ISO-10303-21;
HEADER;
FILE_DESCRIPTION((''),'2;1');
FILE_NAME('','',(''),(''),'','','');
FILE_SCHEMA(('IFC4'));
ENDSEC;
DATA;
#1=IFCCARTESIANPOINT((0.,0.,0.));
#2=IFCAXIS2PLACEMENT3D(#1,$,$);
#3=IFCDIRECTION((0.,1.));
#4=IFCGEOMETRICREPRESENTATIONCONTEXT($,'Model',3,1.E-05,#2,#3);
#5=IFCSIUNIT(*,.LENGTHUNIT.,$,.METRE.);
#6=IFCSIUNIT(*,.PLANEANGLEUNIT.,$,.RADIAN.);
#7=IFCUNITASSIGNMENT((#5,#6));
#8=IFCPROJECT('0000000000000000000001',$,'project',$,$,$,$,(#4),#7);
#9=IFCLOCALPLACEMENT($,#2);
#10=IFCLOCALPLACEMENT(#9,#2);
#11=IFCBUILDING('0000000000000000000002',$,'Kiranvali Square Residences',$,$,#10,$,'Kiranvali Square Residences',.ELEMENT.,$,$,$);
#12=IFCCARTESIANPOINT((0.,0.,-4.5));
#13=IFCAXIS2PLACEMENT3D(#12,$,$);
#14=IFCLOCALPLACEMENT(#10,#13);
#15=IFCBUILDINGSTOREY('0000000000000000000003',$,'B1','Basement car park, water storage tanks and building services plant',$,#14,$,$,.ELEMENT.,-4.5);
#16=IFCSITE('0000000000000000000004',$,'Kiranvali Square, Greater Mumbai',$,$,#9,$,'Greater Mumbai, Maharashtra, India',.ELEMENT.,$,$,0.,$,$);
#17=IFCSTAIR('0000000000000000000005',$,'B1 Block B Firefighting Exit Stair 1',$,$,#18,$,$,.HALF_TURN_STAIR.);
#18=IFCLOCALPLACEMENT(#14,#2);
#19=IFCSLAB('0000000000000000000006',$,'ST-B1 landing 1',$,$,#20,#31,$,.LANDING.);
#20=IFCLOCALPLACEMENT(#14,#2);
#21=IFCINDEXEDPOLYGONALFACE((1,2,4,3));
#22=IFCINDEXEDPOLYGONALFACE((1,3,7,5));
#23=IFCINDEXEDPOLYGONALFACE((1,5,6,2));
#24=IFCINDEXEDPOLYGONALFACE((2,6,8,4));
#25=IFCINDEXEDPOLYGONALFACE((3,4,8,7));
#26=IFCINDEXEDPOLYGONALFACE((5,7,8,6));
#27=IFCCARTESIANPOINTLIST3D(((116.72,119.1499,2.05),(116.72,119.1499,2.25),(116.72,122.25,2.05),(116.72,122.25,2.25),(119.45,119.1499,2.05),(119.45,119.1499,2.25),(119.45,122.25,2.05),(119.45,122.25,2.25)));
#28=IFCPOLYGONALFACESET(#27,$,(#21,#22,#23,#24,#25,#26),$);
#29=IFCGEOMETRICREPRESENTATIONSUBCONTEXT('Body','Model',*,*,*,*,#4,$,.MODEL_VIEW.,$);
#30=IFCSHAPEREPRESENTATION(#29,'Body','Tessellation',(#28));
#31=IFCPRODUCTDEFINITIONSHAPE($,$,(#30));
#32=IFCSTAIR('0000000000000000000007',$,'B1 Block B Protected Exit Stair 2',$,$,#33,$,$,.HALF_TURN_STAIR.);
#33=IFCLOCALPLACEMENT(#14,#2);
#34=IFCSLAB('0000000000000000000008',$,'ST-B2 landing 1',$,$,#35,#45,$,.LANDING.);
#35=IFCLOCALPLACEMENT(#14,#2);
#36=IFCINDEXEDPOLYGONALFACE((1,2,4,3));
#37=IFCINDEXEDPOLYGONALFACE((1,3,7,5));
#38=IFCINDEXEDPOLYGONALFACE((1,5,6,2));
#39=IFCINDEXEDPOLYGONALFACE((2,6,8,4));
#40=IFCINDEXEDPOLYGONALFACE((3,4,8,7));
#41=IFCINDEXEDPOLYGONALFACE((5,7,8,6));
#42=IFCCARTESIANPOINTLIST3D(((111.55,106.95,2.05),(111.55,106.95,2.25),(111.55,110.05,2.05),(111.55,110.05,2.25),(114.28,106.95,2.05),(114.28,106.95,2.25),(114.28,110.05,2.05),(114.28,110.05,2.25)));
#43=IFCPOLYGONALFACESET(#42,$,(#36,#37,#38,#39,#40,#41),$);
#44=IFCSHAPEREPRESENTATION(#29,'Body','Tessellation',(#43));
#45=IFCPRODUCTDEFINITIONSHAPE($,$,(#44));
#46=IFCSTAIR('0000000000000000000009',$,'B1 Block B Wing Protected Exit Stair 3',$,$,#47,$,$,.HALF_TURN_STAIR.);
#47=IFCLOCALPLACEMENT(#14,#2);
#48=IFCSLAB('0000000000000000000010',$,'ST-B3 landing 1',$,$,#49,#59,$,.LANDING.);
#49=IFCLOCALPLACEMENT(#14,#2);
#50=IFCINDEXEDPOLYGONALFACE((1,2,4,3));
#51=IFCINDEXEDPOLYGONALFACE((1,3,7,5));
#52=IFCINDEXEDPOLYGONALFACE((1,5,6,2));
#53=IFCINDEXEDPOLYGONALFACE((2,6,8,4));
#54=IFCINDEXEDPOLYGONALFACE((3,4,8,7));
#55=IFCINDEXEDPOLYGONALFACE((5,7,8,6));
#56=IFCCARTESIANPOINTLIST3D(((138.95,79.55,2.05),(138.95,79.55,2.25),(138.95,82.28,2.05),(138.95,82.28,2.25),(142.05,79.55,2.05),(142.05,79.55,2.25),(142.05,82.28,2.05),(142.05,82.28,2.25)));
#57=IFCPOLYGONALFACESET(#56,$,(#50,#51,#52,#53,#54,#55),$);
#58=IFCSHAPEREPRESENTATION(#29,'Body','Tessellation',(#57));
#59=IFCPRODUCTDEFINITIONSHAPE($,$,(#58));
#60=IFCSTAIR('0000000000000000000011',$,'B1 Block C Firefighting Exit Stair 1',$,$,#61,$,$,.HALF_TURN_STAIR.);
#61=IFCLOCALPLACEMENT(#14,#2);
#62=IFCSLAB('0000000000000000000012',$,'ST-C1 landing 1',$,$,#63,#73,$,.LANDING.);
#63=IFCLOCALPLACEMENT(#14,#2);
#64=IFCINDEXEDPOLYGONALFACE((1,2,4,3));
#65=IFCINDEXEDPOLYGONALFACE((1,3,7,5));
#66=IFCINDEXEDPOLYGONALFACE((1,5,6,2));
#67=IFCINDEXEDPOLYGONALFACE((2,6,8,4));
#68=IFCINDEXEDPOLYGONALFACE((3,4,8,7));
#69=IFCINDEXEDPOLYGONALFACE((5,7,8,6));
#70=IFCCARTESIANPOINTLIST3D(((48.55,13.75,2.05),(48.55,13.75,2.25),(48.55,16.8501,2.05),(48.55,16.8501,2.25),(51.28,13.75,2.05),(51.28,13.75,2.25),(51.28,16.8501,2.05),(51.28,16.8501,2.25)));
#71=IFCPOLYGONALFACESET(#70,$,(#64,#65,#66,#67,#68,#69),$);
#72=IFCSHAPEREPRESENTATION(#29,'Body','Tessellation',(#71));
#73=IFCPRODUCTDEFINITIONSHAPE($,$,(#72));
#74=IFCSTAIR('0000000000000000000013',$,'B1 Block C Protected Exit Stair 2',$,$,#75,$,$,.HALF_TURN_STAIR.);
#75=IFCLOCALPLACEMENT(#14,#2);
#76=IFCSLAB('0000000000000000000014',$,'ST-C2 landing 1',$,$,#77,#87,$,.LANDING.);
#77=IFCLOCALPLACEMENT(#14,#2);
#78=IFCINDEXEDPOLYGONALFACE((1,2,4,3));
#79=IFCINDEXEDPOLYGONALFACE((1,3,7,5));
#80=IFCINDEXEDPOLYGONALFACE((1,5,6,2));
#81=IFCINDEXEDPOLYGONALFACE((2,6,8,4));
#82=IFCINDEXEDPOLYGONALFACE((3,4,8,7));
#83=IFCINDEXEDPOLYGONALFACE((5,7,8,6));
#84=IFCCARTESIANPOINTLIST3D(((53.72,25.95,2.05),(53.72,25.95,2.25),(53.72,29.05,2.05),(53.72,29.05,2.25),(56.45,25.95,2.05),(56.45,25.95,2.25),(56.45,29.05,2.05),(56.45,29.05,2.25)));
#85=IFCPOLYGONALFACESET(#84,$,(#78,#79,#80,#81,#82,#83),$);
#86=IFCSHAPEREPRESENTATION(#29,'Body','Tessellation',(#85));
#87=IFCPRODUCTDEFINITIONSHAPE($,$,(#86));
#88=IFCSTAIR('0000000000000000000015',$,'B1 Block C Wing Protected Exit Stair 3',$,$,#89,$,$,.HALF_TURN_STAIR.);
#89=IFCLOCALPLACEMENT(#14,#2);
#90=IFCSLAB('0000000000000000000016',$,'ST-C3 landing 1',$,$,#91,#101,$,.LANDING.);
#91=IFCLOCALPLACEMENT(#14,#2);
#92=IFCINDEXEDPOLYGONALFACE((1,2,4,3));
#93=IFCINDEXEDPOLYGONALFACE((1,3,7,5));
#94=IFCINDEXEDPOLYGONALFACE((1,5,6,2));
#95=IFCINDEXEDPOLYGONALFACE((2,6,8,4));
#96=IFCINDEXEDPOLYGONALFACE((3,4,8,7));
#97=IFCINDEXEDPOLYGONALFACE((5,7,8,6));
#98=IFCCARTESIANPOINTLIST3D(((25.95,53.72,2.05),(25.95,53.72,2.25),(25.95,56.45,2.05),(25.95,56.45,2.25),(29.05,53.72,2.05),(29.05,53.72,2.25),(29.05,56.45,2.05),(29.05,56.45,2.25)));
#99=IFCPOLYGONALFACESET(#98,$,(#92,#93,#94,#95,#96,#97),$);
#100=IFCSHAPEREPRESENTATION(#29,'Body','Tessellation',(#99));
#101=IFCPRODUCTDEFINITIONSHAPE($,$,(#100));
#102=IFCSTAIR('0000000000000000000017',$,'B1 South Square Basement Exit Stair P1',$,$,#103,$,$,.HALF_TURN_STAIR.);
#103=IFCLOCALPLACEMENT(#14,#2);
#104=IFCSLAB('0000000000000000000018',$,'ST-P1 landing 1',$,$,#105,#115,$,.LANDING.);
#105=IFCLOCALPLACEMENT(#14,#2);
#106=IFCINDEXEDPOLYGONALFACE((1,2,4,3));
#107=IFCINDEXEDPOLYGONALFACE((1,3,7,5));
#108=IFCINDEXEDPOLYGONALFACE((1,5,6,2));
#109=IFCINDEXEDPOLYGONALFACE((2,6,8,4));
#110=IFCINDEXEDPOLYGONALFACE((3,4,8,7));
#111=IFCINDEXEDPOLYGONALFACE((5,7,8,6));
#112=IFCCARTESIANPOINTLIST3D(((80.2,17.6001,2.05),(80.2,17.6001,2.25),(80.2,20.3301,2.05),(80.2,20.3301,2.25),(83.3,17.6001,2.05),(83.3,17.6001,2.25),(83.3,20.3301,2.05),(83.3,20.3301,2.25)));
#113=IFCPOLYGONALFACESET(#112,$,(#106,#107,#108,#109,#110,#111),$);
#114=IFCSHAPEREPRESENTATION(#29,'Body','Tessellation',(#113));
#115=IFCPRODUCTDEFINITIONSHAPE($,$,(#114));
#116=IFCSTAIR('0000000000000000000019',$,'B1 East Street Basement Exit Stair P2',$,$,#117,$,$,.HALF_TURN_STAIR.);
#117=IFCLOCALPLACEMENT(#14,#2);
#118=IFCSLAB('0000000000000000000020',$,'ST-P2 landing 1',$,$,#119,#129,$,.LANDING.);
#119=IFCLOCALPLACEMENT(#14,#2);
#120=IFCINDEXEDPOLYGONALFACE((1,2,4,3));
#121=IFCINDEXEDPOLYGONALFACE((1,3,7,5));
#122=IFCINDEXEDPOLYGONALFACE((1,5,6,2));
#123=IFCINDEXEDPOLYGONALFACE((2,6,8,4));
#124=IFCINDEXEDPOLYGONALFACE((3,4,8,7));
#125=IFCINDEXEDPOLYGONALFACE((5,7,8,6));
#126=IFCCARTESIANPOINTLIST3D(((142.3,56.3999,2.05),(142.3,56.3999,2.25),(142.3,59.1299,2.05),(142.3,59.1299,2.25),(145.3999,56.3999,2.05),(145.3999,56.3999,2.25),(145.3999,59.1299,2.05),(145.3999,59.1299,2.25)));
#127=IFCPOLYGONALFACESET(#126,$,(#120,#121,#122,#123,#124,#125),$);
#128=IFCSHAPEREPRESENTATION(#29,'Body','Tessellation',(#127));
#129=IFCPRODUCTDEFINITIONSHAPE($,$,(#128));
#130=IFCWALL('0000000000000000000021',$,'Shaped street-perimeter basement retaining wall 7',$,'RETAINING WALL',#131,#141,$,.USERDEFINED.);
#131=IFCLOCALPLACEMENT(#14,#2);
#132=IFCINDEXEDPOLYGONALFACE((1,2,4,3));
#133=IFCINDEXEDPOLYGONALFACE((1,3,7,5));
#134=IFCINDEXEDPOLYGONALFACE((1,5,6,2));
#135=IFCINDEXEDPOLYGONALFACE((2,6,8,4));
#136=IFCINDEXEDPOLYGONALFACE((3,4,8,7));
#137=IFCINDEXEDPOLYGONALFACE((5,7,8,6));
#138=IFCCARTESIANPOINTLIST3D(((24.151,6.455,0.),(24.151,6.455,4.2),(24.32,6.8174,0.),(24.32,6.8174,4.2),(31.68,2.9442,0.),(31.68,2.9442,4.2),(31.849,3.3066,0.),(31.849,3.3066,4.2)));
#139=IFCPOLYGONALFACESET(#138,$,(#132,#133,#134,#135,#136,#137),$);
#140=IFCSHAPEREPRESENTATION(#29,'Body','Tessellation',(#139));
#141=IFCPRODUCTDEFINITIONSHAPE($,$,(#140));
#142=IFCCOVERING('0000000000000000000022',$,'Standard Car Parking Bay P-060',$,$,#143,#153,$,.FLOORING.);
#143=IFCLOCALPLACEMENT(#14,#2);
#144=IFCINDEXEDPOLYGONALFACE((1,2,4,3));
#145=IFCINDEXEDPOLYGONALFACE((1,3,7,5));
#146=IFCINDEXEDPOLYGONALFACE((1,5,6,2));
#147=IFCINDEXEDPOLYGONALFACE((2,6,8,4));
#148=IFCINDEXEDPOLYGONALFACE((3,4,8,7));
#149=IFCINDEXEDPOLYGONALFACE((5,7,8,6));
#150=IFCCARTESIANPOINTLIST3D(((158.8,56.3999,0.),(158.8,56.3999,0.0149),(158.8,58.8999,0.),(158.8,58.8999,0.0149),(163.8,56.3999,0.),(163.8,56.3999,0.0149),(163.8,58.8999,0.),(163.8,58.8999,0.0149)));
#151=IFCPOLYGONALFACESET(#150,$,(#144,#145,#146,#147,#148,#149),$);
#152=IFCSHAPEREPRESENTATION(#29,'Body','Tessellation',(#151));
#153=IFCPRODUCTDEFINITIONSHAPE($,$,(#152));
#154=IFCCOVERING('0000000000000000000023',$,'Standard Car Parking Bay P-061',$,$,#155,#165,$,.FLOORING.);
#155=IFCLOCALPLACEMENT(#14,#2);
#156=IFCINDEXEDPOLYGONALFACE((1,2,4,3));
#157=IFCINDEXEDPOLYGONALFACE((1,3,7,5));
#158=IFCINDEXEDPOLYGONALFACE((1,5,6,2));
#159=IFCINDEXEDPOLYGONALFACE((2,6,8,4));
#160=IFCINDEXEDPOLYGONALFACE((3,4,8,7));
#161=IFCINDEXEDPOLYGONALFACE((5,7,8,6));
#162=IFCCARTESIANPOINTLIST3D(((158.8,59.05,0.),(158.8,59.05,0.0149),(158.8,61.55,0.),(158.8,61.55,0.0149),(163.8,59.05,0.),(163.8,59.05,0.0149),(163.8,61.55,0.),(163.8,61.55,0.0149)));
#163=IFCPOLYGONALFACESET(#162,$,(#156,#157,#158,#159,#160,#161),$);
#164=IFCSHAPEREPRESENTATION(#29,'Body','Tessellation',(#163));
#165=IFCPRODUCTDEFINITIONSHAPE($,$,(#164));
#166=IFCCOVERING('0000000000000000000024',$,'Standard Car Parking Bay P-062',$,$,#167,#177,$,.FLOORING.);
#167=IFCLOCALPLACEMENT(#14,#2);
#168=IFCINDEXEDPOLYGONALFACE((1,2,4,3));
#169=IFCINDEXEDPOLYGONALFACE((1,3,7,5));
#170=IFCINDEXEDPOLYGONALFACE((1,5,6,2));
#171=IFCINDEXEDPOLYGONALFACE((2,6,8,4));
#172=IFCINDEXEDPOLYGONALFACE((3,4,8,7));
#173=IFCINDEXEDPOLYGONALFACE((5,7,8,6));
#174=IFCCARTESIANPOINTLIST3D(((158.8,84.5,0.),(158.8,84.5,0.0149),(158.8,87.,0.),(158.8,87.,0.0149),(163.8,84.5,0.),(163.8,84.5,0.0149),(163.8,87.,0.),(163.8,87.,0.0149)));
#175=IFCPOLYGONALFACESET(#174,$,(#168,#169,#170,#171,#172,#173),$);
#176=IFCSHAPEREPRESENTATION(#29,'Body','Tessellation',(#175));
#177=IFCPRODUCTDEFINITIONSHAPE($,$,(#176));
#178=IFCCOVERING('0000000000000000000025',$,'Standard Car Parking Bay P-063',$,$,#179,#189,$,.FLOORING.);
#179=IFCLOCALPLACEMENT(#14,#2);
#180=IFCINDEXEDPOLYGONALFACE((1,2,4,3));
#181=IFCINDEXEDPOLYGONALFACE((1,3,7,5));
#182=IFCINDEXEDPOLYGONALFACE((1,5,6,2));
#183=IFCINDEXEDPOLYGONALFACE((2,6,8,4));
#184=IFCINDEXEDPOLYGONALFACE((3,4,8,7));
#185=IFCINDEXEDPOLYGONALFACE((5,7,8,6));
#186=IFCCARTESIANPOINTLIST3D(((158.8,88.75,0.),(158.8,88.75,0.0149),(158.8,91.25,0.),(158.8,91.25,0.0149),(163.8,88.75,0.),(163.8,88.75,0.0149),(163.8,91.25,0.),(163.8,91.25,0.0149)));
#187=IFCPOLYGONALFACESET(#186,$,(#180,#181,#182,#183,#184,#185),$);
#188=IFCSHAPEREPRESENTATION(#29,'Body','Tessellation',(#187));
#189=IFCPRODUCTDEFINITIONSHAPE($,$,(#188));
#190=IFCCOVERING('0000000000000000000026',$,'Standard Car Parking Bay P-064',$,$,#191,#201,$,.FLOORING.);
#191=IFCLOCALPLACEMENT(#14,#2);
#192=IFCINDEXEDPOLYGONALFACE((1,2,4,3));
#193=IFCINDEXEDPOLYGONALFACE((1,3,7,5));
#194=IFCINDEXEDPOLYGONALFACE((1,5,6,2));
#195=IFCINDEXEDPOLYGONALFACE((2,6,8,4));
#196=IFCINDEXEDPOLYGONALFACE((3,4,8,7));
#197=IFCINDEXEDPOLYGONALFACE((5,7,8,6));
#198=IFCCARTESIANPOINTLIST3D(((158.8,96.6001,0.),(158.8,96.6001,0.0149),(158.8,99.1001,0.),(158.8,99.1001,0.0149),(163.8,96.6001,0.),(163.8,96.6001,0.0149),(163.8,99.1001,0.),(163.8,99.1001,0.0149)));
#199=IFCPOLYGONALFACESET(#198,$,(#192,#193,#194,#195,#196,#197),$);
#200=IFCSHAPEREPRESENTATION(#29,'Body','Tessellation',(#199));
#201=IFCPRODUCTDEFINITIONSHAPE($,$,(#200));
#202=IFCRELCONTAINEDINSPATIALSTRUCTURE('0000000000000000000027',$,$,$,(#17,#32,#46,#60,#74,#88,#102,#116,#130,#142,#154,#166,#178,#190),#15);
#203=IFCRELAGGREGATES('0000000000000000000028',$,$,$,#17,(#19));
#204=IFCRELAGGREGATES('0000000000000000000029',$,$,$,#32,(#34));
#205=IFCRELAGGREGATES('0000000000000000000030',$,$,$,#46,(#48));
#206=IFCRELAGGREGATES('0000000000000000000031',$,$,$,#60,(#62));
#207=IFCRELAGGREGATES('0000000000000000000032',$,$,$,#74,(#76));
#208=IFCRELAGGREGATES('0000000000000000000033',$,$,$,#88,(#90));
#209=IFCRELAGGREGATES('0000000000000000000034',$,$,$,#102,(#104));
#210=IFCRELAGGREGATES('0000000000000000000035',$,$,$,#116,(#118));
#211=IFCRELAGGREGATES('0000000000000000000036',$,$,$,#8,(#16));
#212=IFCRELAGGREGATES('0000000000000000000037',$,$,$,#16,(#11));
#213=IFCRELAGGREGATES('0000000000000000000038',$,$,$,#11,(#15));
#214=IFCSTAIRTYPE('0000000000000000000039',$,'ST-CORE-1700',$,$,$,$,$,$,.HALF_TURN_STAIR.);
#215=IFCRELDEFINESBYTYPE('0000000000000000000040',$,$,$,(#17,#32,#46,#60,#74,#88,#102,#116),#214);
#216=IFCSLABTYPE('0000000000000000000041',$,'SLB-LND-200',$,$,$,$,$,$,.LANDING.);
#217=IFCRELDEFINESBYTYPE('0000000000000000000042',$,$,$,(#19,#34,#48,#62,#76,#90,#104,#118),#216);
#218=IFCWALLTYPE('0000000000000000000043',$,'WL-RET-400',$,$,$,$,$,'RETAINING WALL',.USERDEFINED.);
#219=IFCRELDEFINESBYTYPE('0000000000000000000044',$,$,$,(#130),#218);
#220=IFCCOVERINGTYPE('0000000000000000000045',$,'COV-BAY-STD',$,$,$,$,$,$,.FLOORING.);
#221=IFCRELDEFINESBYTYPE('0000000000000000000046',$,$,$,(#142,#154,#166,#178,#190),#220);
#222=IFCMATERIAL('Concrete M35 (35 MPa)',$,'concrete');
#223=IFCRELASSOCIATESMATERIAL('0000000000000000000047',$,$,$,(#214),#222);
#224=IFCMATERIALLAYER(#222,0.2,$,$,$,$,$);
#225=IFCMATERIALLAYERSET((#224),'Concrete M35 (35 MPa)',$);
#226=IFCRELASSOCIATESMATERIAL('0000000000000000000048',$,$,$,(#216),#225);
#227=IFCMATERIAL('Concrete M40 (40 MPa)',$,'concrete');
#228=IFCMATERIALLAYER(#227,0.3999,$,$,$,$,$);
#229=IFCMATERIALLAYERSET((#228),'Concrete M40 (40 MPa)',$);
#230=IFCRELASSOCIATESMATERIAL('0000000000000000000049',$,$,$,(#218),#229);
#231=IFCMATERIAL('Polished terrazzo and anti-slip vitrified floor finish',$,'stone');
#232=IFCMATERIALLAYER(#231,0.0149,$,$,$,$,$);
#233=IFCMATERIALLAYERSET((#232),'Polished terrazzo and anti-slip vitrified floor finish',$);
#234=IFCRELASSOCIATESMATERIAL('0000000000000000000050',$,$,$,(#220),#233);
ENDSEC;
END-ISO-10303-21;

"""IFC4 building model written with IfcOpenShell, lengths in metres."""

from ifc_helpers import new_model, si_unit, direction, frame, frame_2d, origin, place, context, subcontext, project, spatial, polyline, rectangle, outline, extrude, material, layer, layer_set, type_object, element, aggregate, save


model = new_model("IFC4")

# Units and contexts
model_context = context("Model", 3, precision=1e-05, world=origin(), true_north=direction((0.0, 1.0)))
body_context = subcontext(model_context, "Body", "Model", "MODEL_VIEW")
ifc_project = project(units=[si_unit("LENGTHUNIT", "METRE"), si_unit("PLANEANGLEUNIT", "RADIAN")], contexts=[model_context])

# Site, building, storey
site_placement = place(None, origin())
site = spatial("IfcSite", under=ifc_project, at=site_placement, Name="Kiranvali Square, Greater Mumbai", LongName="Greater Mumbai, Maharashtra, India", CompositionType="ELEMENT", RefElevation=0.0)
building_placement = place(site_placement, origin())
building = spatial("IfcBuilding", under=site, at=building_placement, Name="Kiranvali Square Residences", LongName="Kiranvali Square Residences", CompositionType="ELEMENT")
storey_placement = place(building_placement, frame((0.0, 0.0, -4.5)))
storey = spatial("IfcBuildingStorey", under=building, at=storey_placement, Name="B1", Description="Basement car park, water storage tanks and building services plant", CompositionType="ELEMENT", Elevation=-4.5)

# Shared definitions
ifc_material_1 = material(Name="Concrete M40 (40 MPa)", Category="concrete")

# Stairs, slabs
ifc_material_2 = material(Name="Concrete M35 (35 MPa)", Category="concrete")
stair_type = type_object("IfcStairType", Name="ST-CORE-1700", PredefinedType="HALF_TURN_STAIR", material=ifc_material_2)
ifc_layer_1 = layer(ifc_material_2, 0.2)
ifc_layer_set_1 = layer_set([ifc_layer_1], Name="Concrete M35 (35 MPa)")
slab_type = type_object("IfcSlabType", Name="SLB-LND-200", PredefinedType="LANDING", material=ifc_layer_set_1)
stair_1_placement = place(storey_placement, origin())
stair_1 = element("IfcStair", 1, at=stair_1_placement, inside=storey, type_object=stair_type, Name="B1 Block B Firefighting Exit Stair 1", PredefinedType="HALF_TURN_STAIR")
slab_1_placement = place(storey_placement, frame((0.0, 0.0, 2.05)))
slab_1 = element("IfcSlab", 2, at=slab_1_placement, type_object=slab_type, Name="ST-B1 landing 1", PredefinedType="LANDING", context=body_context, shape_type="SweptSolid", body=[
    extrude(outline(polyline([(116.72, 119.1499), (119.45, 119.1499), (119.45, 122.25), (116.72, 122.25), (116.72, 119.1499)])), origin(), (0.0, 0.0, 1.0), 0.2),
])
aggregate(stair_1, [slab_1])
stair_2_placement = place(storey_placement, origin())
stair_2 = element("IfcStair", 3, at=stair_2_placement, inside=storey, type_object=stair_type, Name="B1 Block B Protected Exit Stair 2", PredefinedType="HALF_TURN_STAIR")
slab_2_placement = place(storey_placement, frame((0.0, 0.0, 2.05)))
slab_2 = element("IfcSlab", 4, at=slab_2_placement, type_object=slab_type, Name="ST-B2 landing 1", PredefinedType="LANDING", context=body_context, shape_type="SweptSolid", body=[
    extrude(outline(polyline([(114.28, 110.05), (111.55, 110.05), (111.55, 106.95), (114.28, 106.95), (114.28, 110.05)])), origin(), (0.0, 0.0, 1.0), 0.2),
])
aggregate(stair_2, [slab_2])
stair_3_placement = place(storey_placement, origin())
stair_3 = element("IfcStair", 5, at=stair_3_placement, inside=storey, type_object=stair_type, Name="B1 Block B Wing Protected Exit Stair 3", PredefinedType="HALF_TURN_STAIR")
slab_3_placement = place(storey_placement, frame((0.0, 0.0, 2.05)))
slab_3 = element("IfcSlab", 6, at=slab_3_placement, type_object=slab_type, Name="ST-B3 landing 1", PredefinedType="LANDING", context=body_context, shape_type="SweptSolid", body=[
    extrude(outline(polyline([(138.95, 82.28), (138.95, 79.55), (142.05, 79.55), (142.05, 82.28), (138.95, 82.28)])), origin(), (0.0, 0.0, 1.0), 0.2),
])
aggregate(stair_3, [slab_3])
stair_4_placement = place(storey_placement, origin())
stair_4 = element("IfcStair", 7, at=stair_4_placement, inside=storey, type_object=stair_type, Name="B1 Block C Firefighting Exit Stair 1", PredefinedType="HALF_TURN_STAIR")
slab_4_placement = place(storey_placement, frame((0.0, 0.0, 2.05)))
slab_4 = element("IfcSlab", 8, at=slab_4_placement, type_object=slab_type, Name="ST-C1 landing 1", PredefinedType="LANDING", context=body_context, shape_type="SweptSolid", body=[
    extrude(outline(polyline([(51.28, 16.8501), (48.55, 16.8501), (48.55, 13.75), (51.28, 13.75), (51.28, 16.8501)])), origin(), (0.0, 0.0, 1.0), 0.2),
])
aggregate(stair_4, [slab_4])
stair_5_placement = place(storey_placement, origin())
stair_5 = element("IfcStair", 9, at=stair_5_placement, inside=storey, type_object=stair_type, Name="B1 Block C Protected Exit Stair 2", PredefinedType="HALF_TURN_STAIR")
slab_5_placement = place(storey_placement, frame((0.0, 0.0, 2.05)))
slab_5 = element("IfcSlab", 10, at=slab_5_placement, type_object=slab_type, Name="ST-C2 landing 1", PredefinedType="LANDING", context=body_context, shape_type="SweptSolid", body=[
    extrude(outline(polyline([(53.72, 25.95), (56.45, 25.95), (56.45, 29.05), (53.72, 29.05), (53.72, 25.95)])), origin(), (0.0, 0.0, 1.0), 0.2),
])
aggregate(stair_5, [slab_5])
stair_6_placement = place(storey_placement, origin())
stair_6 = element("IfcStair", 11, at=stair_6_placement, inside=storey, type_object=stair_type, Name="B1 Block C Wing Protected Exit Stair 3", PredefinedType="HALF_TURN_STAIR")
slab_6_placement = place(storey_placement, frame((0.0, 0.0, 2.05)))
slab_6 = element("IfcSlab", 12, at=slab_6_placement, type_object=slab_type, Name="ST-C3 landing 1", PredefinedType="LANDING", context=body_context, shape_type="SweptSolid", body=[
    extrude(outline(polyline([(29.05, 53.72), (29.05, 56.45), (25.95, 56.45), (25.95, 53.72), (29.05, 53.72)])), origin(), (0.0, 0.0, 1.0), 0.2),
])
aggregate(stair_6, [slab_6])
stair_7_placement = place(storey_placement, origin())
stair_7 = element("IfcStair", 13, at=stair_7_placement, inside=storey, type_object=stair_type, Name="B1 South Square Basement Exit Stair P1", PredefinedType="HALF_TURN_STAIR")
slab_7_placement = place(storey_placement, frame((0.0, 0.0, 2.05)))
slab_7 = element("IfcSlab", 14, at=slab_7_placement, type_object=slab_type, Name="ST-P1 landing 1", PredefinedType="LANDING", context=body_context, shape_type="SweptSolid", body=[
    extrude(outline(polyline([(80.2, 20.3301), (80.2, 17.6001), (83.3, 17.6001), (83.3, 20.3301), (80.2, 20.3301)])), origin(), (0.0, 0.0, 1.0), 0.2),
])
aggregate(stair_7, [slab_7])
stair_8_placement = place(storey_placement, origin())
stair_8 = element("IfcStair", 15, at=stair_8_placement, inside=storey, type_object=stair_type, Name="B1 East Street Basement Exit Stair P2", PredefinedType="HALF_TURN_STAIR")
slab_8_placement = place(storey_placement, frame((0.0, 0.0, 2.05)))
slab_8 = element("IfcSlab", 16, at=slab_8_placement, type_object=slab_type, Name="ST-P2 landing 1", PredefinedType="LANDING", context=body_context, shape_type="SweptSolid", body=[
    extrude(outline(polyline([(142.3, 59.1299), (142.3, 56.3999), (145.3999, 56.3999), (145.3999, 59.1299), (142.3, 59.1299)])), origin(), (0.0, 0.0, 1.0), 0.2),
])
aggregate(stair_8, [slab_8])

# Wall
ifc_layer_2 = layer(ifc_material_1, 0.3999)
ifc_layer_set_2 = layer_set([ifc_layer_2], Name="Concrete M40 (40 MPa)")
wall_type = type_object("IfcWallType", Name="WL-RET-400", ElementType="RETAINING WALL", PredefinedType="USERDEFINED", material=ifc_layer_set_2)
wall_placement = place(storey_placement, frame((24.2354, 6.6362, 0.0), z_axis=(0.0, 0.0, 1.0), x_axis=(0.906313, -0.422607, 0.0)))
element("IfcWall", 17, at=wall_placement, inside=storey, type_object=wall_type, Name="Shaped street-perimeter basement retaining wall 7", ObjectType="RETAINING WALL", PredefinedType="USERDEFINED", context=body_context, shape_type="SweptSolid", body=[
    extrude(rectangle(XDim=8.3074, YDim=0.3999, at=frame_2d((4.1538, 0.0))), origin(), (0.0, 0.0, 1.0), 4.2),
])

# Coverings
ifc_material_3 = material(Name="Polished terrazzo and anti-slip vitrified floor finish", Category="stone")
ifc_layer_3 = layer(ifc_material_3, 0.0149)
ifc_layer_set_3 = layer_set([ifc_layer_3], Name="Polished terrazzo and anti-slip vitrified floor finish")
covering_type = type_object("IfcCoveringType", Name="COV-BAY-STD", PredefinedType="FLOORING", material=ifc_layer_set_3)
covering_1_placement = place(storey_placement, origin())
element("IfcCovering", 18, at=covering_1_placement, inside=storey, type_object=covering_type, Name="Standard Car Parking Bay P-060", PredefinedType="FLOORING", context=body_context, shape_type="SweptSolid", body=[
    extrude(outline(polyline([(158.8, 56.3999), (163.8, 56.3999), (163.8, 58.8999), (158.8, 58.8999), (158.8, 56.3999)])), origin(), (0.0, 0.0, 1.0), 0.0149),
])
covering_2_placement = place(storey_placement, origin())
element("IfcCovering", 19, at=covering_2_placement, inside=storey, type_object=covering_type, Name="Standard Car Parking Bay P-061", PredefinedType="FLOORING", context=body_context, shape_type="SweptSolid", body=[
    extrude(outline(polyline([(158.8, 59.05), (163.8, 59.05), (163.8, 61.55), (158.8, 61.55), (158.8, 59.05)])), origin(), (0.0, 0.0, 1.0), 0.0149),
])
covering_3_placement = place(storey_placement, origin())
element("IfcCovering", 20, at=covering_3_placement, inside=storey, type_object=covering_type, Name="Standard Car Parking Bay P-062", PredefinedType="FLOORING", context=body_context, shape_type="SweptSolid", body=[
    extrude(outline(polyline([(158.8, 84.5), (163.8, 84.5), (163.8, 87.0), (158.8, 87.0), (158.8, 84.5)])), origin(), (0.0, 0.0, 1.0), 0.0149),
])
covering_4_placement = place(storey_placement, origin())
element("IfcCovering", 21, at=covering_4_placement, inside=storey, type_object=covering_type, Name="Standard Car Parking Bay P-063", PredefinedType="FLOORING", context=body_context, shape_type="SweptSolid", body=[
    extrude(outline(polyline([(158.8, 88.75), (163.8, 88.75), (163.8, 91.25), (158.8, 91.25), (158.8, 88.75)])), origin(), (0.0, 0.0, 1.0), 0.0149),
])
covering_5_placement = place(storey_placement, origin())
element("IfcCovering", 22, at=covering_5_placement, inside=storey, type_object=covering_type, Name="Standard Car Parking Bay P-064", PredefinedType="FLOORING", context=body_context, shape_type="SweptSolid", body=[
    extrude(outline(polyline([(158.8, 96.6001), (163.8, 96.6001), (163.8, 99.1001), (158.8, 99.1001), (158.8, 96.6001)])), origin(), (0.0, 0.0, 1.0), 0.0149),
])

save(model, "model.ifc")
